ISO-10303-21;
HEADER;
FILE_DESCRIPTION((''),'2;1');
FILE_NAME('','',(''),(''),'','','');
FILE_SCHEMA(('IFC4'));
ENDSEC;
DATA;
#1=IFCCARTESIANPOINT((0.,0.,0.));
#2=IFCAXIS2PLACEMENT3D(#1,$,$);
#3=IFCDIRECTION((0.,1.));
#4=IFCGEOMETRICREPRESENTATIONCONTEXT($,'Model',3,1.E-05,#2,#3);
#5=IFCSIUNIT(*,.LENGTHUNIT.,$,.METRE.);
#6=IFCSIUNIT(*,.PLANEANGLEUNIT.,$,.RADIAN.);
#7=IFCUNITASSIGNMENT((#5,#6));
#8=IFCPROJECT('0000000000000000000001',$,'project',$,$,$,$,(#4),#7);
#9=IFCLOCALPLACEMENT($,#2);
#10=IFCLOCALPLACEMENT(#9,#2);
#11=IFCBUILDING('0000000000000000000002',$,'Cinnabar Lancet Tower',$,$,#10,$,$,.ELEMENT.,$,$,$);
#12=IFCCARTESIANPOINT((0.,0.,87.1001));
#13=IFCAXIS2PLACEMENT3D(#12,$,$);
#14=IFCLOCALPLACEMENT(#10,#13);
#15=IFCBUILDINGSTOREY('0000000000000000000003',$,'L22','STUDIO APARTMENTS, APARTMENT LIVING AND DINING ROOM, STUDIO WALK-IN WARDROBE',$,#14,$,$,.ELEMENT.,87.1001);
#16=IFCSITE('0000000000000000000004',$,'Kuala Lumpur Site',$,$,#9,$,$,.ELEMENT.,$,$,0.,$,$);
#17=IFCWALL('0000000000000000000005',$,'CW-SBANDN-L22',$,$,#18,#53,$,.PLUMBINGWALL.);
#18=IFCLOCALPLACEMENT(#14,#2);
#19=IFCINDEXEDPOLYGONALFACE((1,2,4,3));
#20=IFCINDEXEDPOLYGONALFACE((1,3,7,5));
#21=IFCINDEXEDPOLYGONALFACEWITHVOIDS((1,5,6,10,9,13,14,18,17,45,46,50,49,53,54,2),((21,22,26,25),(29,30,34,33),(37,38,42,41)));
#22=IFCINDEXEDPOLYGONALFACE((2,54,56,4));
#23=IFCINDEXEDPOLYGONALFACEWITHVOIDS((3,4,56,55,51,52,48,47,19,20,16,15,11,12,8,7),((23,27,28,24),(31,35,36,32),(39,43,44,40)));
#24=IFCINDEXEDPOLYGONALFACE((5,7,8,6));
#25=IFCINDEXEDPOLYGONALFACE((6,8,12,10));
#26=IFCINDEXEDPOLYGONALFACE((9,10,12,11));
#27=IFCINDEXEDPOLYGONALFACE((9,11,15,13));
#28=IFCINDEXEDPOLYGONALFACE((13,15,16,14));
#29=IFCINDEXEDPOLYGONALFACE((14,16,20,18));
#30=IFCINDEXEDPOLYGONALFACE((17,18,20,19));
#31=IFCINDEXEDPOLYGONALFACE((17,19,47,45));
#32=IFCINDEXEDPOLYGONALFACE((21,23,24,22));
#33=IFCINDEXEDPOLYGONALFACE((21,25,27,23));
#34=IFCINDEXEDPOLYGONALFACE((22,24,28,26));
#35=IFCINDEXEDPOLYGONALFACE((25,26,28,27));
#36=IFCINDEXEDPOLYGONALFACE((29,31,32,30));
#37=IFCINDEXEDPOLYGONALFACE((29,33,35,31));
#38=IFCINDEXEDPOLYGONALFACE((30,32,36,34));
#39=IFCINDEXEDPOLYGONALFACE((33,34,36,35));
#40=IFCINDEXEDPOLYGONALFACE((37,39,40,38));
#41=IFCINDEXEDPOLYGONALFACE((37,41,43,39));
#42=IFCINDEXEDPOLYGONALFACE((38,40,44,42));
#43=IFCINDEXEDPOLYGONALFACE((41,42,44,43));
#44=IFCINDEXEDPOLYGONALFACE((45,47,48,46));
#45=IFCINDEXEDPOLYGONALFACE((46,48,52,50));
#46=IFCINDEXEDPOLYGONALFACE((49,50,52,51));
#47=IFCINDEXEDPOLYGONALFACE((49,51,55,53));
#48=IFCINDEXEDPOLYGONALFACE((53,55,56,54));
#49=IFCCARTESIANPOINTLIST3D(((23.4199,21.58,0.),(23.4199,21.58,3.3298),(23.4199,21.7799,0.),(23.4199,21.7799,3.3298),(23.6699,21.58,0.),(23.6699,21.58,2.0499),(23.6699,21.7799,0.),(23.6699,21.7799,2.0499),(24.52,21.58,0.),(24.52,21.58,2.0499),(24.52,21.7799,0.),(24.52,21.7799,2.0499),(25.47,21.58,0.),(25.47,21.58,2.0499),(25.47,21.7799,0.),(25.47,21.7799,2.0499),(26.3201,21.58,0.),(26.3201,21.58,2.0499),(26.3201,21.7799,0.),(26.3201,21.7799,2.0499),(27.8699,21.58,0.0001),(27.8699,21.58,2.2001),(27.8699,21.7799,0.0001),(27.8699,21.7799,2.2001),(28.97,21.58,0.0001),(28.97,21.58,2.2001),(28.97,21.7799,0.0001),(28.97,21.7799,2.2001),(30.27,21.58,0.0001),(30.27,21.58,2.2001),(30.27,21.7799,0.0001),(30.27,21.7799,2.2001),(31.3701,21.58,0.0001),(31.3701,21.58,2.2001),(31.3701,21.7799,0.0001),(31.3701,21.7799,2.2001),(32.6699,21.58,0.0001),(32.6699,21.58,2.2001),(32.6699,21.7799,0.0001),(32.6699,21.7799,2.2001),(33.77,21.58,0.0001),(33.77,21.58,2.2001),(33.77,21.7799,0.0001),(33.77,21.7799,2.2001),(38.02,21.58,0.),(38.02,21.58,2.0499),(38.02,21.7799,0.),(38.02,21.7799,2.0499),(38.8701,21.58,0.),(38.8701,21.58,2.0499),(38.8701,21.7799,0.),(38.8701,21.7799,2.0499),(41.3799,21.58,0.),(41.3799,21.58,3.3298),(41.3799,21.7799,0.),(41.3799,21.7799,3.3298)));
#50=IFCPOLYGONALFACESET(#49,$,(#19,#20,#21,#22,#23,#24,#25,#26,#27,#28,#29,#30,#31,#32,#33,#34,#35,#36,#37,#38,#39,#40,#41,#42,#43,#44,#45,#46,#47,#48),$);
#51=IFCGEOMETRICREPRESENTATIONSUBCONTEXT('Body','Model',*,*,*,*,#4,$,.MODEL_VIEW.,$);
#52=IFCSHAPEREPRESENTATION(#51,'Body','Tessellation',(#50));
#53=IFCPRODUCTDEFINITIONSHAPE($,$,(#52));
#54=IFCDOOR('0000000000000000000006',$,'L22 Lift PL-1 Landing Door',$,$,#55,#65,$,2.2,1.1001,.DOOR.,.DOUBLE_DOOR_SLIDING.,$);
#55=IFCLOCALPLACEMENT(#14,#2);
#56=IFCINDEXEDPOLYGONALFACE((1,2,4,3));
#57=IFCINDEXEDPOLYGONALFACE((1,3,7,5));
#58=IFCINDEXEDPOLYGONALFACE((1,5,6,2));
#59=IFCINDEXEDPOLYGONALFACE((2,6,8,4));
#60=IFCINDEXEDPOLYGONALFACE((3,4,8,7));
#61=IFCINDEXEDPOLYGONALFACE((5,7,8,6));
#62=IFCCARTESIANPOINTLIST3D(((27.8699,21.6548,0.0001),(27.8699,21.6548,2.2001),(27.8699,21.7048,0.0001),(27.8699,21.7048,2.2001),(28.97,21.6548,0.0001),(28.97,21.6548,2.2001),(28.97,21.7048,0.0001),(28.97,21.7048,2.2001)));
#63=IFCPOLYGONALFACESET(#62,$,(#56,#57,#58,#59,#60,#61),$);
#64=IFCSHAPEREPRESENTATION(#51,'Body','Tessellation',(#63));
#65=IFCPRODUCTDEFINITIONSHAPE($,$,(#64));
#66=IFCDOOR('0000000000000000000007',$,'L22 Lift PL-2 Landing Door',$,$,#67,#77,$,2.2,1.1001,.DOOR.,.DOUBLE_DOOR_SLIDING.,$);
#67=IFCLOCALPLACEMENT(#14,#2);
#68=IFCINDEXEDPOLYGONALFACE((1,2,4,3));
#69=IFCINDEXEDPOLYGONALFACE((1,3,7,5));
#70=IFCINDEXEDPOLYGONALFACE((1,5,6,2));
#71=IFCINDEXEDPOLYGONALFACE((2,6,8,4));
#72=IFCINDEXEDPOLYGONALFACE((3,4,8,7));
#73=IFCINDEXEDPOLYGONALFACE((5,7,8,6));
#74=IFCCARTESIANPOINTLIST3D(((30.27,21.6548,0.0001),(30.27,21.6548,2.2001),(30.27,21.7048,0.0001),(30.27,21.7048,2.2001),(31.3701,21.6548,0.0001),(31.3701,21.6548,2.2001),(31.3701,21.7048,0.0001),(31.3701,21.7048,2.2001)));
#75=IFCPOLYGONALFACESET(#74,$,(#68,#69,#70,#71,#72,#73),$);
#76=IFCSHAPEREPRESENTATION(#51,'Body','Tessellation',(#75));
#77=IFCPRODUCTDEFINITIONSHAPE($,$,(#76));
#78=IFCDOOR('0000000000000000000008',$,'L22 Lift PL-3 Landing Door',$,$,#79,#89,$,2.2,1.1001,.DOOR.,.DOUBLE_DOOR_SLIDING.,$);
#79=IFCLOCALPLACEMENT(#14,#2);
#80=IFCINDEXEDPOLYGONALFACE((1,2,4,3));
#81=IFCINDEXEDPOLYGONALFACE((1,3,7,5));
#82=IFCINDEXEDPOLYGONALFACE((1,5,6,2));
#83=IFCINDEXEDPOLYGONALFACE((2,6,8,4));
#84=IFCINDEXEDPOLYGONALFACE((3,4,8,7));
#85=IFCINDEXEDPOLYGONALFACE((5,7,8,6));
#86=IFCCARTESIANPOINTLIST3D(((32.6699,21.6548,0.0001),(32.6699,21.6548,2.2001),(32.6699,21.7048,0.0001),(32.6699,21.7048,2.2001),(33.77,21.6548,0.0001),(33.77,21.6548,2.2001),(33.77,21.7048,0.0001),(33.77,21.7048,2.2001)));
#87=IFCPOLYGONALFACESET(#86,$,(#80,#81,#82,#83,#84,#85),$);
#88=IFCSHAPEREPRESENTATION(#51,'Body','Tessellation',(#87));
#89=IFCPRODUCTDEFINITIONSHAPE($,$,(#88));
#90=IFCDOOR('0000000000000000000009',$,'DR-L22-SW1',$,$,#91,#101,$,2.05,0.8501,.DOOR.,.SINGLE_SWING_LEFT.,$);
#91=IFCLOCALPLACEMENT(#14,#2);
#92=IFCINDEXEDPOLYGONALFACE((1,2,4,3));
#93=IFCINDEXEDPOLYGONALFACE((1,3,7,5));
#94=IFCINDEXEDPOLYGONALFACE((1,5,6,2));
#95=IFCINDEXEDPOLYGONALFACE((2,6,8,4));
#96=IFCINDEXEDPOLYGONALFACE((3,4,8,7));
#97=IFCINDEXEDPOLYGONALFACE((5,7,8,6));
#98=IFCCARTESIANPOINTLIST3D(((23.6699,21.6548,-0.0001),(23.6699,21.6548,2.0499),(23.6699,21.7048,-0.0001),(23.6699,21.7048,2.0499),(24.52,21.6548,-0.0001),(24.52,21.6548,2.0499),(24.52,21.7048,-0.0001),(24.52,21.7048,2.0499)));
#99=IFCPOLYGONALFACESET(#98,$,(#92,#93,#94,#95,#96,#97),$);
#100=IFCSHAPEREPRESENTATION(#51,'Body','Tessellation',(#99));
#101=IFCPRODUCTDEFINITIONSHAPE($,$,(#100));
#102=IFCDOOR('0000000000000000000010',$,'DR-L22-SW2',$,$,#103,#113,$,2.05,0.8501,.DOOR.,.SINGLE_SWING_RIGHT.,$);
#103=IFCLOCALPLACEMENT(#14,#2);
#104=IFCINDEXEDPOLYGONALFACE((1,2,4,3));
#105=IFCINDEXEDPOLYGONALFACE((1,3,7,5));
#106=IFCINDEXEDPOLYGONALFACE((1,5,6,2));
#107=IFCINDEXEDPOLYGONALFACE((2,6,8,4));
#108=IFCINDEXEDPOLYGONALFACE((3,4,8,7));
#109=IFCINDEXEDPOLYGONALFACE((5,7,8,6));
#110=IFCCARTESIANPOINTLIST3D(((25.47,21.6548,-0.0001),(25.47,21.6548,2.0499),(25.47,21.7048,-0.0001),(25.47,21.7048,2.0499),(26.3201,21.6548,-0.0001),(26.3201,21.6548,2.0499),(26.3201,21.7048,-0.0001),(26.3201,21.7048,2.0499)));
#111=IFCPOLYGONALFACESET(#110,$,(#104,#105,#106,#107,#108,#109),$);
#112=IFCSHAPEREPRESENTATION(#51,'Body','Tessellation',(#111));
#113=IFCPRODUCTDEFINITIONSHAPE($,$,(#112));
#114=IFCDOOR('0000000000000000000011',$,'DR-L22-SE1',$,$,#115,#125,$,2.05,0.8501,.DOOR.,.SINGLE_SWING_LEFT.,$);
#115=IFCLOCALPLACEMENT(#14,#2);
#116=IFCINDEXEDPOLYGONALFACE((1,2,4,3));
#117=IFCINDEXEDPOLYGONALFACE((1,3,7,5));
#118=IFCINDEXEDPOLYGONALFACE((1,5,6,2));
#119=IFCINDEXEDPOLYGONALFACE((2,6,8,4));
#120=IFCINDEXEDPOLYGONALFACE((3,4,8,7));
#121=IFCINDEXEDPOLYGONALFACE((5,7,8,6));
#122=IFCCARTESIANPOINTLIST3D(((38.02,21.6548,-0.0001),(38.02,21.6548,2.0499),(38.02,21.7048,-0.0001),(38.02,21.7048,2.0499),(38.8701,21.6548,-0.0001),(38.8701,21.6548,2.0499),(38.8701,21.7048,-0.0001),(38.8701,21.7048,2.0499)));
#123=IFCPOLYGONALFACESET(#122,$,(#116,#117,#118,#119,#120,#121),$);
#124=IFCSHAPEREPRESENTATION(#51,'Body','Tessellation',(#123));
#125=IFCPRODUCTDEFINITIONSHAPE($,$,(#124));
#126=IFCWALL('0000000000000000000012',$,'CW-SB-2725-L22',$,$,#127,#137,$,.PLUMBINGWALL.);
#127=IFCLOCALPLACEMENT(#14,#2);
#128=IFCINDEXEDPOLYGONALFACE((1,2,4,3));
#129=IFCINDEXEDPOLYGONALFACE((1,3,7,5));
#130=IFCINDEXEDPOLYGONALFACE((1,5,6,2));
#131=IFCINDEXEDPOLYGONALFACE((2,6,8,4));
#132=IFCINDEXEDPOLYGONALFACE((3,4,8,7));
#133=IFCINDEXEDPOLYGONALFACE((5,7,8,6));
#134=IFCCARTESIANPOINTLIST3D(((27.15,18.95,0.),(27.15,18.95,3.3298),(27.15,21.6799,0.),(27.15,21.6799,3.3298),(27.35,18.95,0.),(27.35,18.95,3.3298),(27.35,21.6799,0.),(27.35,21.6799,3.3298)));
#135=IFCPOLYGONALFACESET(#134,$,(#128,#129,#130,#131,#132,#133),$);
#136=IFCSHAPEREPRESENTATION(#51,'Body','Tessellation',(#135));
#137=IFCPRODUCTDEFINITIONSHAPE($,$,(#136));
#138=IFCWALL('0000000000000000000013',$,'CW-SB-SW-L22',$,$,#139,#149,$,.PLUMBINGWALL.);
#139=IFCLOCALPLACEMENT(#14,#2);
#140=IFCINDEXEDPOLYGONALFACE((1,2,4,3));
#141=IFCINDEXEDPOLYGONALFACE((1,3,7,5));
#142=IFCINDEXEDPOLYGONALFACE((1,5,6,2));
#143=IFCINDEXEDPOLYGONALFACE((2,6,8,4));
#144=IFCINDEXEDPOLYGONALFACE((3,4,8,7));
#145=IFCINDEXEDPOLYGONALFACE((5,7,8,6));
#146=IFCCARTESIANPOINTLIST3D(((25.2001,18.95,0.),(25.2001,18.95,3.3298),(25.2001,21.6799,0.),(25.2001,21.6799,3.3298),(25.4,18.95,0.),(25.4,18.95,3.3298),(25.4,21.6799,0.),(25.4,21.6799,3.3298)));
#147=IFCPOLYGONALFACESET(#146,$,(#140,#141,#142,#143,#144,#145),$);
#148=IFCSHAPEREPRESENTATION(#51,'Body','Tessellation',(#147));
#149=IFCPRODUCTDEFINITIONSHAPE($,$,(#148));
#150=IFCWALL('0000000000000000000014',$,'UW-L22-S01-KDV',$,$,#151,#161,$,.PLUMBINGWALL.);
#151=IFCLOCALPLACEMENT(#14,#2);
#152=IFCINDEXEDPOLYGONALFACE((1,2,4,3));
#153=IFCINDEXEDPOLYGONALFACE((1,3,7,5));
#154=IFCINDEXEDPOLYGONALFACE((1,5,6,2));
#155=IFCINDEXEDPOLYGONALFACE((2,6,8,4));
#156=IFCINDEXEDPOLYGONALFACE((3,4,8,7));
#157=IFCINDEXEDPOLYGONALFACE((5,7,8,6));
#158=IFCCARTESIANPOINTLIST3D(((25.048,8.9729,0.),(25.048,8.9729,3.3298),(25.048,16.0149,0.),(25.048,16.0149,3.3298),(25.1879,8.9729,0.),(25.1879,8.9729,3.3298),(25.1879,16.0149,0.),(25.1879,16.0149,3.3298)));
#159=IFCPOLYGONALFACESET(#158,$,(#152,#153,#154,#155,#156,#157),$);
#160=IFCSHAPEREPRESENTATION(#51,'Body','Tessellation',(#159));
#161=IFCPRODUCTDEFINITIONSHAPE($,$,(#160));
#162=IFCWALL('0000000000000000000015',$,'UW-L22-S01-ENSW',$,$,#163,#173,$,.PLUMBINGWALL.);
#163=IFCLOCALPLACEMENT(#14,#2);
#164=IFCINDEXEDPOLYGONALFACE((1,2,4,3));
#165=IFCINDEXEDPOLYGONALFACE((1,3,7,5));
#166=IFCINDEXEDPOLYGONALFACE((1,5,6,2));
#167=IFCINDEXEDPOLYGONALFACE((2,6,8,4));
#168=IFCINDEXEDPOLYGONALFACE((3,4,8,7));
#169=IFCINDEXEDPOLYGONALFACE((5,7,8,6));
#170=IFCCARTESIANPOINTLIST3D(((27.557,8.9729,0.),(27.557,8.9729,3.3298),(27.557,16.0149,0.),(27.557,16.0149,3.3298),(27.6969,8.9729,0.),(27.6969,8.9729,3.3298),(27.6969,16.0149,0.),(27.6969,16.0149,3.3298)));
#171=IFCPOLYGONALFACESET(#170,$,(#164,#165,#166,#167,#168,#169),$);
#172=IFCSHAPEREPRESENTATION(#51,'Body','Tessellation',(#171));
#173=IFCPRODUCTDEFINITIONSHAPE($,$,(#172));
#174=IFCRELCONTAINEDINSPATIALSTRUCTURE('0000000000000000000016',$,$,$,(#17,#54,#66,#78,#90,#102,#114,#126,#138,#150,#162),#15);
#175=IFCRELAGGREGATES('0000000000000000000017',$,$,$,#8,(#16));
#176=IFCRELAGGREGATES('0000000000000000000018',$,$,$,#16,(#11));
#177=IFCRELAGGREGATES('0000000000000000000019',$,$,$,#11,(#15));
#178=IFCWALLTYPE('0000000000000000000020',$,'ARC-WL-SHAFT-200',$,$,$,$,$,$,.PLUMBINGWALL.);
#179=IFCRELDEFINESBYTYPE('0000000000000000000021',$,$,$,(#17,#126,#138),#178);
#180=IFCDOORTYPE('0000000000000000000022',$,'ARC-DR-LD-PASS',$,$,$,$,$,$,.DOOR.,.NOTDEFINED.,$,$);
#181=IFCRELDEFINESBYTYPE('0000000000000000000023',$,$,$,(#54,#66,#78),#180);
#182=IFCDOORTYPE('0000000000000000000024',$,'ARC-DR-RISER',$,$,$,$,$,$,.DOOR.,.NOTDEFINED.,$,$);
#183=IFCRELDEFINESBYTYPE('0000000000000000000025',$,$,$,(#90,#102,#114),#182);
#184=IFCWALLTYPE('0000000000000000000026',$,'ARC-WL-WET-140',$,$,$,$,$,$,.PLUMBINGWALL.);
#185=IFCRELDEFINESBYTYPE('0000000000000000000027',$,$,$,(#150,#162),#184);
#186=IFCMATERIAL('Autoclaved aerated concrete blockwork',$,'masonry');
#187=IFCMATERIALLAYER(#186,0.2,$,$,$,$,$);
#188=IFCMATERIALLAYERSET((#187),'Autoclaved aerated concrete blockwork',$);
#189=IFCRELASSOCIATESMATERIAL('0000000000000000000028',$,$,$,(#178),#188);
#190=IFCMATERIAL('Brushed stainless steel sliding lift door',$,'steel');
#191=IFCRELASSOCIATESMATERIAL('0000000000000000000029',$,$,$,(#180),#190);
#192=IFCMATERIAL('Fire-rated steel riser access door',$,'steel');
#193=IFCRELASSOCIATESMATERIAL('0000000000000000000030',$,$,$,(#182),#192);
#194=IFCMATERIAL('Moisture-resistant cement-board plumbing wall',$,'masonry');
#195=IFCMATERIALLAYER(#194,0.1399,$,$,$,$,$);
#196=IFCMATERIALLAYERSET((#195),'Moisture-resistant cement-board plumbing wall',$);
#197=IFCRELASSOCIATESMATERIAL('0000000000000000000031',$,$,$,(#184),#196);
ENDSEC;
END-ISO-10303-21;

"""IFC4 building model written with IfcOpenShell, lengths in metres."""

from ifc_helpers import new_model, si_unit, direction, frame, frame_2d, origin, place, context, subcontext, project, spatial, rectangle, extrude, material, layer, layer_set, type_object, element, fill, save


model = new_model("IFC4")

# Units and contexts
model_context = context("Model", 3, precision=1e-05, world=origin(), true_north=direction((0.0, 1.0)))
body_context = subcontext(model_context, "Body", "Model", "MODEL_VIEW")
ifc_project = project(units=[si_unit("LENGTHUNIT", "METRE"), si_unit("PLANEANGLEUNIT", "RADIAN")], contexts=[model_context])

# Site, building, storey
site_placement = place(None, origin())
site = spatial("IfcSite", under=ifc_project, at=site_placement, Name="Kuala Lumpur Site", CompositionType="ELEMENT", RefElevation=0.0)
building_placement = place(site_placement, origin())
building = spatial("IfcBuilding", under=site, at=building_placement, Name="Cinnabar Lancet Tower", CompositionType="ELEMENT")
storey_placement = place(building_placement, frame((0.0, 0.0, 87.1001)))
storey = spatial("IfcBuildingStorey", under=building, at=storey_placement, Name="L22", Description="STUDIO APARTMENTS, APARTMENT LIVING AND DINING ROOM, STUDIO WALK-IN WARDROBE", CompositionType="ELEMENT", Elevation=87.1001)

# Shared definitions
ifc_material_1 = material(Name="Autoclaved aerated concrete blockwork", Category="masonry")
ifc_layer_1 = layer(ifc_material_1, 0.2)
ifc_layer_set_1 = layer_set([ifc_layer_1], Name="Autoclaved aerated concrete blockwork")
wall_type_1 = type_object("IfcWallType", Name="ARC-WL-SHAFT-200", PredefinedType="PLUMBINGWALL", material=ifc_layer_set_1)

# Wall, openings, doors
wall_1_placement = place(storey_placement, frame((23.4199, 21.6799, 0.0), z_axis=(0.0, 0.0, 1.0), x_axis=(1.0, 0.0, 0.0)))
wall_1 = element("IfcWall", 1, at=wall_1_placement, inside=storey, type_object=wall_type_1, Name="CW-SBANDN-L22", PredefinedType="PLUMBINGWALL", context=body_context, shape_type="SweptSolid", body=[
    extrude(rectangle(XDim=17.96, YDim=0.2, at=frame_2d((8.98, 0.0))), origin(), (0.0, 0.0, 1.0), 3.3298),
])
opening_1_placement = place(wall_1_placement, frame((4.45, 0.0, 0.0)))
opening_1 = element("IfcOpeningElement", 2, at=opening_1_placement, cuts=wall_1, PredefinedType="OPENING", context=body_context, shape_type="SweptSolid", body=[
    extrude(rectangle(XDim=1.1001, YDim=2.2, at=frame_2d((0.55, 1.1001))), frame((0.0, 0.1099, 0.0), z_axis=(0.0, -1.0, 0.0), x_axis=(1.0, 0.0, 0.0)), (0.0, 0.0, 1.0), 0.22),
])
opening_2_placement = place(wall_1_placement, frame((6.8501, 0.0, 0.0)))
opening_2 = element("IfcOpeningElement", 3, at=opening_2_placement, cuts=wall_1, PredefinedType="OPENING", context=body_context, shape_type="SweptSolid", body=[
    extrude(rectangle(XDim=1.1001, YDim=2.2, at=frame_2d((0.55, 1.1001))), frame((0.0, 0.1099, 0.0), z_axis=(0.0, -1.0, 0.0), x_axis=(1.0, 0.0, 0.0)), (0.0, 0.0, 1.0), 0.22),
])
opening_3_placement = place(wall_1_placement, frame((9.25, 0.0, 0.0)))
opening_3 = element("IfcOpeningElement", 4, at=opening_3_placement, cuts=wall_1, PredefinedType="OPENING", context=body_context, shape_type="SweptSolid", body=[
    extrude(rectangle(XDim=1.1001, YDim=2.2, at=frame_2d((0.55, 1.1001))), frame((0.0, 0.1099, 0.0), z_axis=(0.0, -1.0, 0.0), x_axis=(1.0, 0.0, 0.0)), (0.0, 0.0, 1.0), 0.22),
])
opening_4_placement = place(wall_1_placement, frame((0.25, 0.0, 0.0)))
opening_4 = element("IfcOpeningElement", 5, at=opening_4_placement, cuts=wall_1, PredefinedType="OPENING", context=body_context, shape_type="SweptSolid", body=[
    extrude(rectangle(XDim=0.8501, YDim=2.05, at=frame_2d((0.425, 1.0249))), frame((0.0, 0.1099, 0.0), z_axis=(0.0, -1.0, 0.0), x_axis=(1.0, 0.0, 0.0)), (0.0, 0.0, 1.0), 0.22),
])
opening_5_placement = place(wall_1_placement, frame((2.05, 0.0, 0.0)))
opening_5 = element("IfcOpeningElement", 6, at=opening_5_placement, cuts=wall_1, PredefinedType="OPENING", context=body_context, shape_type="SweptSolid", body=[
    extrude(rectangle(XDim=0.8501, YDim=2.05, at=frame_2d((0.425, 1.0249))), frame((0.0, 0.1099, 0.0), z_axis=(0.0, -1.0, 0.0), x_axis=(1.0, 0.0, 0.0)), (0.0, 0.0, 1.0), 0.22),
])
opening_6_placement = place(wall_1_placement, frame((14.6001, 0.0, 0.0)))
opening_6 = element("IfcOpeningElement", 7, at=opening_6_placement, cuts=wall_1, PredefinedType="OPENING", context=body_context, shape_type="SweptSolid", body=[
    extrude(rectangle(XDim=0.8501, YDim=2.05, at=frame_2d((0.425, 1.0249))), frame((0.0, 0.1099, 0.0), z_axis=(0.0, -1.0, 0.0), x_axis=(1.0, 0.0, 0.0)), (0.0, 0.0, 1.0), 0.22),
])
ifc_material_2 = material(Name="Brushed stainless steel sliding lift door", Category="steel")
door_type_1 = type_object("IfcDoorType", Name="ARC-DR-LD-PASS", OperationType="NOTDEFINED", PredefinedType="DOOR", material=ifc_material_2)
door_1_placement = place(opening_1_placement, origin())
door_1 = element("IfcDoor", 8, at=door_1_placement, inside=storey, type_object=door_type_1, Name="L22 Lift PL-1 Landing Door", OperationType="DOUBLE_DOOR_SLIDING", OverallHeight=2.2, OverallWidth=1.1001, PredefinedType="DOOR", context=body_context, shape_type="SweptSolid", body=[
    extrude(rectangle(XDim=1.1001, YDim=2.2, at=frame_2d((0.55, 1.1001))), frame((0.0, 0.0249, 0.0), z_axis=(0.0, -1.0, 0.0), x_axis=(1.0, 0.0, 0.0)), (0.0, 0.0, 1.0), 0.05),
])
fill(opening_1, door_1)
door_2_placement = place(opening_2_placement, origin())
door_2 = element("IfcDoor", 9, at=door_2_placement, inside=storey, type_object=door_type_1, Name="L22 Lift PL-2 Landing Door", OperationType="DOUBLE_DOOR_SLIDING", OverallHeight=2.2, OverallWidth=1.1001, PredefinedType="DOOR", context=body_context, shape_type="SweptSolid", body=[
    extrude(rectangle(XDim=1.1001, YDim=2.2, at=frame_2d((0.55, 1.1001))), frame((0.0, 0.0249, 0.0), z_axis=(0.0, -1.0, 0.0), x_axis=(1.0, 0.0, 0.0)), (0.0, 0.0, 1.0), 0.05),
])
fill(opening_2, door_2)
door_3_placement = place(opening_3_placement, origin())
door_3 = element("IfcDoor", 10, at=door_3_placement, inside=storey, type_object=door_type_1, Name="L22 Lift PL-3 Landing Door", OperationType="DOUBLE_DOOR_SLIDING", OverallHeight=2.2, OverallWidth=1.1001, PredefinedType="DOOR", context=body_context, shape_type="SweptSolid", body=[
    extrude(rectangle(XDim=1.1001, YDim=2.2, at=frame_2d((0.55, 1.1001))), frame((0.0, 0.0249, 0.0), z_axis=(0.0, -1.0, 0.0), x_axis=(1.0, 0.0, 0.0)), (0.0, 0.0, 1.0), 0.05),
])
fill(opening_3, door_3)
ifc_material_3 = material(Name="Fire-rated steel riser access door", Category="steel")
door_type_2 = type_object("IfcDoorType", Name="ARC-DR-RISER", OperationType="NOTDEFINED", PredefinedType="DOOR", material=ifc_material_3)
door_4_placement = place(opening_4_placement, origin())
door_4 = element("IfcDoor", 11, at=door_4_placement, inside=storey, type_object=door_type_2, Name="DR-L22-SW1", OperationType="SINGLE_SWING_LEFT", OverallHeight=2.05, OverallWidth=0.8501, PredefinedType="DOOR", context=body_context, shape_type="SweptSolid", body=[
    extrude(rectangle(XDim=0.8501, YDim=2.05, at=frame_2d((0.425, 1.0249))), frame((0.0, 0.0249, 0.0), z_axis=(0.0, -1.0, 0.0), x_axis=(1.0, 0.0, 0.0)), (0.0, 0.0, 1.0), 0.05),
])
fill(opening_4, door_4)
door_5_placement = place(opening_5_placement, origin())
door_5 = element("IfcDoor", 12, at=door_5_placement, inside=storey, type_object=door_type_2, Name="DR-L22-SW2", OperationType="SINGLE_SWING_RIGHT", OverallHeight=2.05, OverallWidth=0.8501, PredefinedType="DOOR", context=body_context, shape_type="SweptSolid", body=[
    extrude(rectangle(XDim=0.8501, YDim=2.05, at=frame_2d((0.425, 1.0249))), frame((0.0, 0.0249, 0.0), z_axis=(0.0, -1.0, 0.0), x_axis=(1.0, 0.0, 0.0)), (0.0, 0.0, 1.0), 0.05),
])
fill(opening_5, door_5)
door_6_placement = place(opening_6_placement, origin())
door_6 = element("IfcDoor", 13, at=door_6_placement, inside=storey, type_object=door_type_2, Name="DR-L22-SE1", OperationType="SINGLE_SWING_LEFT", OverallHeight=2.05, OverallWidth=0.8501, PredefinedType="DOOR", context=body_context, shape_type="SweptSolid", body=[
    extrude(rectangle(XDim=0.8501, YDim=2.05, at=frame_2d((0.425, 1.0249))), frame((0.0, 0.0249, 0.0), z_axis=(0.0, -1.0, 0.0), x_axis=(1.0, 0.0, 0.0)), (0.0, 0.0, 1.0), 0.05),
])
fill(opening_6, door_6)

# Walls
for number, where, z_axis, x_axis, name in (
    (14, (27.25, 18.95, 0.0), (0.0, 0.0, 1.0), (0.0, 1.0, 0.0), "CW-SB-2725-L22"),
    (15, (25.3, 18.95, 0.0), (0.0, 0.0, 1.0), (0.0, 1.0, 0.0), "CW-SB-SW-L22"),
):
    element("IfcWall", number, at=place(storey_placement, frame(where, z_axis=z_axis, x_axis=x_axis)), inside=storey, type_object=wall_type_1, Name=name, PredefinedType="PLUMBINGWALL", context=body_context, shape_type="SweptSolid", body=[
        extrude(rectangle(XDim=2.73, YDim=0.2, at=frame_2d((1.365, 0.0))), origin(), (0.0, 0.0, 1.0), 3.3298),
    ])
ifc_material_4 = material(Name="Moisture-resistant cement-board plumbing wall", Category="masonry")
ifc_layer_2 = layer(ifc_material_4, 0.1399)
ifc_layer_set_2 = layer_set([ifc_layer_2], Name="Moisture-resistant cement-board plumbing wall")
wall_type_2 = type_object("IfcWallType", Name="ARC-WL-WET-140", PredefinedType="PLUMBINGWALL", material=ifc_layer_set_2)
for number, where, z_axis, x_axis, name in (
    (16, (25.1179, 8.9729, 0.0), (0.0, 0.0, 1.0), (0.0, 1.0, 0.0), "UW-L22-S01-KDV"),
    (17, (27.627, 8.9729, 0.0), (0.0, 0.0, 1.0), (0.0, 1.0, 0.0), "UW-L22-S01-ENSW"),
):
    element("IfcWall", number, at=place(storey_placement, frame(where, z_axis=z_axis, x_axis=x_axis)), inside=storey, type_object=wall_type_2, Name=name, PredefinedType="PLUMBINGWALL", context=body_context, shape_type="SweptSolid", body=[
        extrude(rectangle(XDim=7.042, YDim=0.1399, at=frame_2d((3.521, 0.0))), origin(), (0.0, 0.0, 1.0), 3.3298),
    ])

save(model, "model.ifc")
